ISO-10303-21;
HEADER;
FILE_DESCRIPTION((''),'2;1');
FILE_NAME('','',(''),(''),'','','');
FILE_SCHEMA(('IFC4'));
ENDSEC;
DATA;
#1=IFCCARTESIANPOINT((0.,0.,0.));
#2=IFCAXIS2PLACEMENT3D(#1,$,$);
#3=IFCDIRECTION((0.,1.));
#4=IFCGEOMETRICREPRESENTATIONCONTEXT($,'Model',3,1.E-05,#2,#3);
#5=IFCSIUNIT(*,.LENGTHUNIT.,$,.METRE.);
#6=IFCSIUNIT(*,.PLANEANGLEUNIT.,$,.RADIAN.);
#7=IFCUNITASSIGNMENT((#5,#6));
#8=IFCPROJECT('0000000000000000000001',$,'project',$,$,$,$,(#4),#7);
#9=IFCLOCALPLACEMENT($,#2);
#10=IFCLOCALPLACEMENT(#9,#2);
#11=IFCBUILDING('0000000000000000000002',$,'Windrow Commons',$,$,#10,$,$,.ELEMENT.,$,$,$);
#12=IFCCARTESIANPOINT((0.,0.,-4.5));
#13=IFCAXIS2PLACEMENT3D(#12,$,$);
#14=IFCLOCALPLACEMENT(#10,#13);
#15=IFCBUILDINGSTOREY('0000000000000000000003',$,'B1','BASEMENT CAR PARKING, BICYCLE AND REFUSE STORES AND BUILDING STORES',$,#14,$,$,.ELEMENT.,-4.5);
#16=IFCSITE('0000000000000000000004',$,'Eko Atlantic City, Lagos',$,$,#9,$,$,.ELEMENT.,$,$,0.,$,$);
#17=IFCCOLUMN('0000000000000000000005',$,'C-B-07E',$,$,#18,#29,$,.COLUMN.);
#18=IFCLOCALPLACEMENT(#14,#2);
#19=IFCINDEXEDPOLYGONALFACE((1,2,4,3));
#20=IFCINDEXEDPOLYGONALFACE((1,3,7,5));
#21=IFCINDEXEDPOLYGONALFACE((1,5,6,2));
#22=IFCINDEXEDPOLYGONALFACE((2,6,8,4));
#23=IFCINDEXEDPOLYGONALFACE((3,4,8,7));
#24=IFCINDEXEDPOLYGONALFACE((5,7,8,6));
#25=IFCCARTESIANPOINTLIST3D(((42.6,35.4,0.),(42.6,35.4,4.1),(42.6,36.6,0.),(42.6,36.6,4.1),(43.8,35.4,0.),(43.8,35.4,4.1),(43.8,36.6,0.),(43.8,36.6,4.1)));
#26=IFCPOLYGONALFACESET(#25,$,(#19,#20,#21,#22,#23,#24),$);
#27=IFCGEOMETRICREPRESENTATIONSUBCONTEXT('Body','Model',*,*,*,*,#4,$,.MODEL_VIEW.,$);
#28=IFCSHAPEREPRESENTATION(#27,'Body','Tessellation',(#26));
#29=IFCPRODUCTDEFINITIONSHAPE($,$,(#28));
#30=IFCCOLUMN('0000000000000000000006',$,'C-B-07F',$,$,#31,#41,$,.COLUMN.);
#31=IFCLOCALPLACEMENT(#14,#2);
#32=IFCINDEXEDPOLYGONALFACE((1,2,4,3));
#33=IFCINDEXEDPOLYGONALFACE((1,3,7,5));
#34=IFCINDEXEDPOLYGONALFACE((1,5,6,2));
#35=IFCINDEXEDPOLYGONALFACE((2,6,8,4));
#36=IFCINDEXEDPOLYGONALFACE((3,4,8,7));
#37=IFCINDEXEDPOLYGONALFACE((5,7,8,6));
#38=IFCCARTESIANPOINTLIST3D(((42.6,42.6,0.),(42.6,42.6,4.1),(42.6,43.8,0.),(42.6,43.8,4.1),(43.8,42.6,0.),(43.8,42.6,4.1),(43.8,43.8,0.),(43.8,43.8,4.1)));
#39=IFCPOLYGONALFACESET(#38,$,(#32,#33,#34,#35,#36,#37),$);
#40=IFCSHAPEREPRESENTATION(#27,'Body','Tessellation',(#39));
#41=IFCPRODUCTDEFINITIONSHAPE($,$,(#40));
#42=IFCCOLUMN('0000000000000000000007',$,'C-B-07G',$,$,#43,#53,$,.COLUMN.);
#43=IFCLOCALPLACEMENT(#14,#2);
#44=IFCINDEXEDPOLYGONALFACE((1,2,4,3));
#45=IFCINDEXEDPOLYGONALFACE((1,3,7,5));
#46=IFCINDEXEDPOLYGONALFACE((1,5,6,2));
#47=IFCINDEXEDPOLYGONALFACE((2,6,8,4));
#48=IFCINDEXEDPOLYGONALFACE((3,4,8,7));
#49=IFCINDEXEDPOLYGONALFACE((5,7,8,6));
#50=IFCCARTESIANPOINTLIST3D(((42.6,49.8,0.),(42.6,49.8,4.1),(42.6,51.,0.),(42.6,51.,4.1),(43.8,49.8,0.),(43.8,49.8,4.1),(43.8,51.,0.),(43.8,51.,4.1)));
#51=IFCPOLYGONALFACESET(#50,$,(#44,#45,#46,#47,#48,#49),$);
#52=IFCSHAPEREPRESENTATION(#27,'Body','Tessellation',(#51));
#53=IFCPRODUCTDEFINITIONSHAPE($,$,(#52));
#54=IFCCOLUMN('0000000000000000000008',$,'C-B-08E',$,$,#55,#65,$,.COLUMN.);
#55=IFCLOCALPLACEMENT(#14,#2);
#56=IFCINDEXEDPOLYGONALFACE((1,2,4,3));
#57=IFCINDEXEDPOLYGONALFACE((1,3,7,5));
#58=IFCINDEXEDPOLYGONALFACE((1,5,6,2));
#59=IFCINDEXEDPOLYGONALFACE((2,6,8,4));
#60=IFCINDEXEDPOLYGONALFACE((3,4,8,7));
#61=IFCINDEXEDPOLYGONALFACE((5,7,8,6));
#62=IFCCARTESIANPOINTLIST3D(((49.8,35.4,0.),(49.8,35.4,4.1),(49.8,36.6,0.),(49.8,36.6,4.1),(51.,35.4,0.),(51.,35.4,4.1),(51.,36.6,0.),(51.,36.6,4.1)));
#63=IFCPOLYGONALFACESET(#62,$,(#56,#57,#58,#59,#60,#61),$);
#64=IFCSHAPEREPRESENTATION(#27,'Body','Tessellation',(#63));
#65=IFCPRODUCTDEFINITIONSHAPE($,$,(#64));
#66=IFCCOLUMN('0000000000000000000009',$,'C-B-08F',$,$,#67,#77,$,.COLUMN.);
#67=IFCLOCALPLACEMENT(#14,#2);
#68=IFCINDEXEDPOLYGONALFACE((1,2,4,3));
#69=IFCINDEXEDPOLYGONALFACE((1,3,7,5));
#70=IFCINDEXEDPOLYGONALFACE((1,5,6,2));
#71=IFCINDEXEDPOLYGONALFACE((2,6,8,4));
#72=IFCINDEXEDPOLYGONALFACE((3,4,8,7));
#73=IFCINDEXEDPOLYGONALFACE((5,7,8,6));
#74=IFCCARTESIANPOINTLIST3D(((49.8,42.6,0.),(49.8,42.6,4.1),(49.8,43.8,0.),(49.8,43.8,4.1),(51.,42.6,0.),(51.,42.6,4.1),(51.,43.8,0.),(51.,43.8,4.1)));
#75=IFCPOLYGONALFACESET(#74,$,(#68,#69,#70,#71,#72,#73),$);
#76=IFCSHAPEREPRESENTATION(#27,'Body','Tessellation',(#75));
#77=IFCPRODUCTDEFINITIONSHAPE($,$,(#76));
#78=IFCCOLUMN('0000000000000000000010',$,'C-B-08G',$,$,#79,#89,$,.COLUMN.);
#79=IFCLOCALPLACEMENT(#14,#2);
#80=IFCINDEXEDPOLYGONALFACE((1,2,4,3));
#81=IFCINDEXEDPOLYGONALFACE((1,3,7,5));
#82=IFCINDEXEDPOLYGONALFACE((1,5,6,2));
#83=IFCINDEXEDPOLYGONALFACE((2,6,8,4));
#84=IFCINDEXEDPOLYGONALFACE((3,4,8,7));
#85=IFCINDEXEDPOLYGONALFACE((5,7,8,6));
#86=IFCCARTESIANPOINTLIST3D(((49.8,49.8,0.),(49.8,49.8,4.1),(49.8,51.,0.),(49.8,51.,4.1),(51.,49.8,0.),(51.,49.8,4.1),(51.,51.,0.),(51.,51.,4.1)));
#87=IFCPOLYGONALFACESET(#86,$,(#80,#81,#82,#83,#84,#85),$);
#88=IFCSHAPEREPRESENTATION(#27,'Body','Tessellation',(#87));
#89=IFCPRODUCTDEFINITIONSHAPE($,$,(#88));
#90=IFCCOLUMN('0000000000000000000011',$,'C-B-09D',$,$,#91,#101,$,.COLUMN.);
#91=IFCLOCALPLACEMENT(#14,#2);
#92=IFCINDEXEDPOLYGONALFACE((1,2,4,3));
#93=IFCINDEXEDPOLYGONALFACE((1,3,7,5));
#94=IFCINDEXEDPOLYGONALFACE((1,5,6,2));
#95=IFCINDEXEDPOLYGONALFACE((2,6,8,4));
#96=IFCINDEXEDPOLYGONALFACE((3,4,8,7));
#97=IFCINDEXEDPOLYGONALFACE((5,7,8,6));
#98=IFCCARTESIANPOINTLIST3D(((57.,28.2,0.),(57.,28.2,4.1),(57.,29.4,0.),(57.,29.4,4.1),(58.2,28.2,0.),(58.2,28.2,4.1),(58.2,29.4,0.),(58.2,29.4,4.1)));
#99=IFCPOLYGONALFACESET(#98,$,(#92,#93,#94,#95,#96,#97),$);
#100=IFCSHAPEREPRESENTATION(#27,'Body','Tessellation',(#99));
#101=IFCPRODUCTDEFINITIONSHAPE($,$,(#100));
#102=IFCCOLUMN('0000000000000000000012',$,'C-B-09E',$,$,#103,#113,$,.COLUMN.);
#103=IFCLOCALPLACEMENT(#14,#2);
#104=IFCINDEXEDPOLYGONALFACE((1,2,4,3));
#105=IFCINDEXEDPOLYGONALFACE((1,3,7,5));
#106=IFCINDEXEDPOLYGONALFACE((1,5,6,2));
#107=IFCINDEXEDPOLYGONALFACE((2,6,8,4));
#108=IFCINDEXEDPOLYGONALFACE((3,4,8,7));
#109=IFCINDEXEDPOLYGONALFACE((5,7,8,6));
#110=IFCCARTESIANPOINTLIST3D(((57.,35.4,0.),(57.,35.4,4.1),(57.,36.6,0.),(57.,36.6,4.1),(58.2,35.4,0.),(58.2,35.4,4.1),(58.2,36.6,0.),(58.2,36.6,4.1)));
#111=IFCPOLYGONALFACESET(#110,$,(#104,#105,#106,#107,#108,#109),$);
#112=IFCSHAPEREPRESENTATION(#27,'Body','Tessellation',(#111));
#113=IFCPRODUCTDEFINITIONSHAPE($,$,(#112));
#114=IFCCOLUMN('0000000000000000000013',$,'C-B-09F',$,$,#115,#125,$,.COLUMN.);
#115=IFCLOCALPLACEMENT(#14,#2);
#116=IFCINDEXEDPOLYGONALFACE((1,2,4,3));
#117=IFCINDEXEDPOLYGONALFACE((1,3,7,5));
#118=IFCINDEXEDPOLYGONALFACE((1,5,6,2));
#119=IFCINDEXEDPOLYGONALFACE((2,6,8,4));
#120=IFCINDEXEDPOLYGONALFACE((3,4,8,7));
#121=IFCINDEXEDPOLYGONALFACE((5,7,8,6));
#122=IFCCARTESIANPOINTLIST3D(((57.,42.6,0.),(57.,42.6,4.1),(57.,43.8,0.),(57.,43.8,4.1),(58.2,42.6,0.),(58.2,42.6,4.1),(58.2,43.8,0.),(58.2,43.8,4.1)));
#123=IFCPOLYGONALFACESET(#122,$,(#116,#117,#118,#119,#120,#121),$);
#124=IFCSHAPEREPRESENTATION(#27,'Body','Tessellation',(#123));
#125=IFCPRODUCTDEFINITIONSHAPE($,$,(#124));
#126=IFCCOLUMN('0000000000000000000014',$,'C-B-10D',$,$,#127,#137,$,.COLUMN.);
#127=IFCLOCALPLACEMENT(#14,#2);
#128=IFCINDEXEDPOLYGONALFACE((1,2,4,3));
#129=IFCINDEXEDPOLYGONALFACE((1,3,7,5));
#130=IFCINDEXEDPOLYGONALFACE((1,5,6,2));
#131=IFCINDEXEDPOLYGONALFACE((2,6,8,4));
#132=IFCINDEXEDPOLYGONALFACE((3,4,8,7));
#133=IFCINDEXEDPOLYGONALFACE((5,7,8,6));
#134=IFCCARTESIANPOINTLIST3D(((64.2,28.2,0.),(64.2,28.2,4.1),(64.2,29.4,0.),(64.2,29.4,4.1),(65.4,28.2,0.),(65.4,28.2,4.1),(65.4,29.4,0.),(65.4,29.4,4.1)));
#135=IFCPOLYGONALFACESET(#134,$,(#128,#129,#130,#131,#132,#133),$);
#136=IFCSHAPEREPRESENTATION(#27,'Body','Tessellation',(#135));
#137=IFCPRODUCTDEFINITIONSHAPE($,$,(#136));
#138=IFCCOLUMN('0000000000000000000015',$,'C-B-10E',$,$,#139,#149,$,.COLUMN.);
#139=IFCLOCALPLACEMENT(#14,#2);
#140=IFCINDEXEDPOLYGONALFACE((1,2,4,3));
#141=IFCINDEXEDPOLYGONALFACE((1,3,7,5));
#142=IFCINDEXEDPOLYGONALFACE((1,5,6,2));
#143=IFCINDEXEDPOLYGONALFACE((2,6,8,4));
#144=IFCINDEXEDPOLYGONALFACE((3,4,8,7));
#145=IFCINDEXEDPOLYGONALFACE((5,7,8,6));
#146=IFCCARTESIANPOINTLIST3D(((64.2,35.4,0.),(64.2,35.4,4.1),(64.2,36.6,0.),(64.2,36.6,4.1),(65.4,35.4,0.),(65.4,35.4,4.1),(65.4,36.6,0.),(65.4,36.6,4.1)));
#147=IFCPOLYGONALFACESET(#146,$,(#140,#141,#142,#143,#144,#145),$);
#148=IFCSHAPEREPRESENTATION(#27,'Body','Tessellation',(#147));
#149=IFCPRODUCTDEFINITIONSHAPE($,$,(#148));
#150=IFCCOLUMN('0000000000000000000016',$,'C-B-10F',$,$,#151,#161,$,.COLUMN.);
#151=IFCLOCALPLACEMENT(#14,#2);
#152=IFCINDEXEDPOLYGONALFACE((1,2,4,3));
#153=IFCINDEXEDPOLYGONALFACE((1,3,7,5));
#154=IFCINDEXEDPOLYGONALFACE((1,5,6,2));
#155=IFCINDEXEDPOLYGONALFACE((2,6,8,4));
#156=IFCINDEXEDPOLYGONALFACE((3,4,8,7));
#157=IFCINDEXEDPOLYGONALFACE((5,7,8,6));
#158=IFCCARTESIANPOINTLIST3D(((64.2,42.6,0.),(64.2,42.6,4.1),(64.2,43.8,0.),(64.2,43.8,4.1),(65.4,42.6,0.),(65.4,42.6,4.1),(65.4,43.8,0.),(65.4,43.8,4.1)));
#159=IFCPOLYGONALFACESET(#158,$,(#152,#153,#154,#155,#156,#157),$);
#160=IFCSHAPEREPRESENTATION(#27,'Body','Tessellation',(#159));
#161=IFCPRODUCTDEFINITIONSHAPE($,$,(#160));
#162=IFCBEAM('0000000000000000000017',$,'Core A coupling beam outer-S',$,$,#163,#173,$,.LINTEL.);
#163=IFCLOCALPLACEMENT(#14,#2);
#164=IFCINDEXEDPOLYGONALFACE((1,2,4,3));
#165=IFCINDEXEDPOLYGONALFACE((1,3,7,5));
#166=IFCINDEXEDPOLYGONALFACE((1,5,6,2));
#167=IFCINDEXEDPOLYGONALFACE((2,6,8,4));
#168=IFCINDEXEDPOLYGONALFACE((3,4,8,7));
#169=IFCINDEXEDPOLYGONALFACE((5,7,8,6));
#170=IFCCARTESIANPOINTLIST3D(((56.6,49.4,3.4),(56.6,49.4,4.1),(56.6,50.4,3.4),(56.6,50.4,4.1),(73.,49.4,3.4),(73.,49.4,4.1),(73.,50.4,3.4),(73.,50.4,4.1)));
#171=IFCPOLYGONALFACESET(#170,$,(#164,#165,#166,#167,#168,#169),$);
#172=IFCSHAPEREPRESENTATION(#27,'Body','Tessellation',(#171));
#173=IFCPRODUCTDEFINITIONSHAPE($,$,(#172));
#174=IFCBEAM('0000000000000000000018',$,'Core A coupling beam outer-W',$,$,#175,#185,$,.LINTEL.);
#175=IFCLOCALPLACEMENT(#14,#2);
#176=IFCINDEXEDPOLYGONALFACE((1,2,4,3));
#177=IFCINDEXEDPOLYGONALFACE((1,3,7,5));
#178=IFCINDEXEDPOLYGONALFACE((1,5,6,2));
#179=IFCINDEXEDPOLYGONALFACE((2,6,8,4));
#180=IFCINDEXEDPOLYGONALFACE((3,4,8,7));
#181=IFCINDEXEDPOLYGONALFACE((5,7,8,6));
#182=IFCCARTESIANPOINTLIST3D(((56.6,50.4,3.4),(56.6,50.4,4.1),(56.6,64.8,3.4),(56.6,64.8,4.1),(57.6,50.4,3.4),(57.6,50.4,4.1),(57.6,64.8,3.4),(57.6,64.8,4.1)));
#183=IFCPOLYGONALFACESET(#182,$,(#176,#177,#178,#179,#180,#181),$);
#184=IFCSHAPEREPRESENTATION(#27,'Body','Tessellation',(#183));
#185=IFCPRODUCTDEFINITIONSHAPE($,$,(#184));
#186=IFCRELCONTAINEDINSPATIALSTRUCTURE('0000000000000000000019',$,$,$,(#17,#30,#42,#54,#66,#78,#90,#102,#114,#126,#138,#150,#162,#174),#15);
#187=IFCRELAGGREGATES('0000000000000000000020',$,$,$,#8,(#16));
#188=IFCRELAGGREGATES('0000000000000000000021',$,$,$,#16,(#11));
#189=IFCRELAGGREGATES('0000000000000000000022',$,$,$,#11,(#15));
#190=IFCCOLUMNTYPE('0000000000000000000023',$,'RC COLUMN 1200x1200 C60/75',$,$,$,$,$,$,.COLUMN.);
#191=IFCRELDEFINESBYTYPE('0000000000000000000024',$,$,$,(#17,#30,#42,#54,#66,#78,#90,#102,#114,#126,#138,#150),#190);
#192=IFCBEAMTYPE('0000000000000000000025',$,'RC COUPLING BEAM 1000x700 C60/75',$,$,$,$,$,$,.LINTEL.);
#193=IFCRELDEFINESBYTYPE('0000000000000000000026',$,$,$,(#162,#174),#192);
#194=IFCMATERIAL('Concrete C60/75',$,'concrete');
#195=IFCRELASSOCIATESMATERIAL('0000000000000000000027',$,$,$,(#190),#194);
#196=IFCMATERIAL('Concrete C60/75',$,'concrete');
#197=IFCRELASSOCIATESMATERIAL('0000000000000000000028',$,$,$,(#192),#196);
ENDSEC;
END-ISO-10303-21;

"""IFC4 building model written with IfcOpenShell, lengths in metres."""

from ifc_helpers import new_model, si_unit, direction, frame, origin, origin_2d, place, context, subcontext, project, spatial, rectangle, extrude, material, material_profile, profile_set, type_object, element, save


model = new_model("IFC4")

# Units and contexts
model_context = context("Model", 3, precision=1e-05, world=origin(), true_north=direction((0.0, 1.0)))
body_context = subcontext(model_context, "Body", "Model", "MODEL_VIEW")
ifc_project = project(units=[si_unit("LENGTHUNIT", "METRE"), si_unit("PLANEANGLEUNIT", "RADIAN")], contexts=[model_context])

# Site, building, storey
site_placement = place(None, origin())
site = spatial("IfcSite", under=ifc_project, at=site_placement, Name="Eko Atlantic City, Lagos", CompositionType="ELEMENT", RefElevation=0.0)
building_placement = place(site_placement, origin())
building = spatial("IfcBuilding", under=site, at=building_placement, Name="Windrow Commons", CompositionType="ELEMENT")
storey_placement = place(building_placement, frame((0.0, 0.0, -4.5)))
storey = spatial("IfcBuildingStorey", under=building, at=storey_placement, Name="B1", Description="BASEMENT CAR PARKING, BICYCLE AND REFUSE STORES AND BUILDING STORES", CompositionType="ELEMENT", Elevation=-4.5)

# Columns
ifc_material_1 = material(Name="Concrete C60/75", Category="concrete")
ifc_material_profile_1 = material_profile(ifc_material_1, rectangle(XDim=1.2, YDim=1.2, at=origin_2d()))
ifc_profile_set_1 = profile_set([ifc_material_profile_1], Name="Concrete C60/75")
column_type = type_object("IfcColumnType", Name="RC COLUMN 1200x1200 C60/75", PredefinedType="COLUMN", material=ifc_profile_set_1)
for number, where, z_axis, x_axis, name in (
    (1, (43.2, 36.0, 0.0), (0.0, 0.0, 1.0), (1.0, 0.0, 0.0), "C-B-07E"),
    (2, (43.2, 43.2, 0.0), (0.0, 0.0, 1.0), (1.0, 0.0, 0.0), "C-B-07F"),
    (3, (43.2, 50.4, 0.0), (0.0, 0.0, 1.0), (1.0, 0.0, 0.0), "C-B-07G"),
    (4, (50.4, 36.0, 0.0), (0.0, 0.0, 1.0), (1.0, 0.0, 0.0), "C-B-08E"),
    (5, (50.4, 43.2, 0.0), (0.0, 0.0, 1.0), (1.0, 0.0, 0.0), "C-B-08F"),
    (6, (50.4, 50.4, 0.0), (0.0, 0.0, 1.0), (1.0, 0.0, 0.0), "C-B-08G"),
    (7, (57.6, 28.8, 0.0), (0.0, 0.0, 1.0), (1.0, 0.0, 0.0), "C-B-09D"),
    (8, (57.6, 36.0, 0.0), (0.0, 0.0, 1.0), (1.0, 0.0, 0.0), "C-B-09E"),
    (9, (57.6, 43.2, 0.0), (0.0, 0.0, 1.0), (1.0, 0.0, 0.0), "C-B-09F"),
    (10, (64.8, 28.8, 0.0), (0.0, 0.0, 1.0), (1.0, 0.0, 0.0), "C-B-10D"),
    (11, (64.8, 36.0, 0.0), (0.0, 0.0, 1.0), (1.0, 0.0, 0.0), "C-B-10E"),
    (12, (64.8, 43.2, 0.0), (0.0, 0.0, 1.0), (1.0, 0.0, 0.0), "C-B-10F"),
):
    element("IfcColumn", number, at=place(storey_placement, frame(where, z_axis=z_axis, x_axis=x_axis)), inside=storey, type_object=column_type, Name=name, PredefinedType="COLUMN", context=body_context, shape_type="SweptSolid", body=[
        extrude(rectangle(XDim=1.2, YDim=1.2, at=origin_2d()), origin(), (0.0, 0.0, 1.0), 4.1),
    ])

# Beams
ifc_material_2 = material(Name="Concrete C60/75", Category="concrete")
ifc_material_profile_2 = material_profile(ifc_material_2, rectangle(XDim=1.0, YDim=0.7, at=origin_2d()))
ifc_profile_set_2 = profile_set([ifc_material_profile_2], Name="Concrete C60/75")
beam_type = type_object("IfcBeamType", Name="RC COUPLING BEAM 1000x700 C60/75", PredefinedType="LINTEL", material=ifc_profile_set_2)
beam_1_placement = place(storey_placement, frame((56.6, 49.9, 3.75), z_axis=(1.0, 0.0, 0.0), x_axis=(0.0, 1.0, 0.0)))
element("IfcBeam", 13, at=beam_1_placement, inside=storey, type_object=beam_type, Name="Core A coupling beam outer-S", PredefinedType="LINTEL", context=body_context, shape_type="SweptSolid", body=[
    extrude(rectangle(XDim=1.0, YDim=0.7, at=origin_2d()), origin(), (0.0, 0.0, 1.0), 16.4),
])
beam_2_placement = place(storey_placement, frame((57.1, 50.4, 3.75), z_axis=(0.0, 1.0, 0.0), x_axis=(-1.0, 0.0, 0.0)))
element("IfcBeam", 14, at=beam_2_placement, inside=storey, type_object=beam_type, Name="Core A coupling beam outer-W", PredefinedType="LINTEL", context=body_context, shape_type="SweptSolid", body=[
    extrude(rectangle(XDim=1.0, YDim=0.7, at=origin_2d()), origin(), (0.0, 0.0, 1.0), 14.4),
])

save(model, "model.ifc")
